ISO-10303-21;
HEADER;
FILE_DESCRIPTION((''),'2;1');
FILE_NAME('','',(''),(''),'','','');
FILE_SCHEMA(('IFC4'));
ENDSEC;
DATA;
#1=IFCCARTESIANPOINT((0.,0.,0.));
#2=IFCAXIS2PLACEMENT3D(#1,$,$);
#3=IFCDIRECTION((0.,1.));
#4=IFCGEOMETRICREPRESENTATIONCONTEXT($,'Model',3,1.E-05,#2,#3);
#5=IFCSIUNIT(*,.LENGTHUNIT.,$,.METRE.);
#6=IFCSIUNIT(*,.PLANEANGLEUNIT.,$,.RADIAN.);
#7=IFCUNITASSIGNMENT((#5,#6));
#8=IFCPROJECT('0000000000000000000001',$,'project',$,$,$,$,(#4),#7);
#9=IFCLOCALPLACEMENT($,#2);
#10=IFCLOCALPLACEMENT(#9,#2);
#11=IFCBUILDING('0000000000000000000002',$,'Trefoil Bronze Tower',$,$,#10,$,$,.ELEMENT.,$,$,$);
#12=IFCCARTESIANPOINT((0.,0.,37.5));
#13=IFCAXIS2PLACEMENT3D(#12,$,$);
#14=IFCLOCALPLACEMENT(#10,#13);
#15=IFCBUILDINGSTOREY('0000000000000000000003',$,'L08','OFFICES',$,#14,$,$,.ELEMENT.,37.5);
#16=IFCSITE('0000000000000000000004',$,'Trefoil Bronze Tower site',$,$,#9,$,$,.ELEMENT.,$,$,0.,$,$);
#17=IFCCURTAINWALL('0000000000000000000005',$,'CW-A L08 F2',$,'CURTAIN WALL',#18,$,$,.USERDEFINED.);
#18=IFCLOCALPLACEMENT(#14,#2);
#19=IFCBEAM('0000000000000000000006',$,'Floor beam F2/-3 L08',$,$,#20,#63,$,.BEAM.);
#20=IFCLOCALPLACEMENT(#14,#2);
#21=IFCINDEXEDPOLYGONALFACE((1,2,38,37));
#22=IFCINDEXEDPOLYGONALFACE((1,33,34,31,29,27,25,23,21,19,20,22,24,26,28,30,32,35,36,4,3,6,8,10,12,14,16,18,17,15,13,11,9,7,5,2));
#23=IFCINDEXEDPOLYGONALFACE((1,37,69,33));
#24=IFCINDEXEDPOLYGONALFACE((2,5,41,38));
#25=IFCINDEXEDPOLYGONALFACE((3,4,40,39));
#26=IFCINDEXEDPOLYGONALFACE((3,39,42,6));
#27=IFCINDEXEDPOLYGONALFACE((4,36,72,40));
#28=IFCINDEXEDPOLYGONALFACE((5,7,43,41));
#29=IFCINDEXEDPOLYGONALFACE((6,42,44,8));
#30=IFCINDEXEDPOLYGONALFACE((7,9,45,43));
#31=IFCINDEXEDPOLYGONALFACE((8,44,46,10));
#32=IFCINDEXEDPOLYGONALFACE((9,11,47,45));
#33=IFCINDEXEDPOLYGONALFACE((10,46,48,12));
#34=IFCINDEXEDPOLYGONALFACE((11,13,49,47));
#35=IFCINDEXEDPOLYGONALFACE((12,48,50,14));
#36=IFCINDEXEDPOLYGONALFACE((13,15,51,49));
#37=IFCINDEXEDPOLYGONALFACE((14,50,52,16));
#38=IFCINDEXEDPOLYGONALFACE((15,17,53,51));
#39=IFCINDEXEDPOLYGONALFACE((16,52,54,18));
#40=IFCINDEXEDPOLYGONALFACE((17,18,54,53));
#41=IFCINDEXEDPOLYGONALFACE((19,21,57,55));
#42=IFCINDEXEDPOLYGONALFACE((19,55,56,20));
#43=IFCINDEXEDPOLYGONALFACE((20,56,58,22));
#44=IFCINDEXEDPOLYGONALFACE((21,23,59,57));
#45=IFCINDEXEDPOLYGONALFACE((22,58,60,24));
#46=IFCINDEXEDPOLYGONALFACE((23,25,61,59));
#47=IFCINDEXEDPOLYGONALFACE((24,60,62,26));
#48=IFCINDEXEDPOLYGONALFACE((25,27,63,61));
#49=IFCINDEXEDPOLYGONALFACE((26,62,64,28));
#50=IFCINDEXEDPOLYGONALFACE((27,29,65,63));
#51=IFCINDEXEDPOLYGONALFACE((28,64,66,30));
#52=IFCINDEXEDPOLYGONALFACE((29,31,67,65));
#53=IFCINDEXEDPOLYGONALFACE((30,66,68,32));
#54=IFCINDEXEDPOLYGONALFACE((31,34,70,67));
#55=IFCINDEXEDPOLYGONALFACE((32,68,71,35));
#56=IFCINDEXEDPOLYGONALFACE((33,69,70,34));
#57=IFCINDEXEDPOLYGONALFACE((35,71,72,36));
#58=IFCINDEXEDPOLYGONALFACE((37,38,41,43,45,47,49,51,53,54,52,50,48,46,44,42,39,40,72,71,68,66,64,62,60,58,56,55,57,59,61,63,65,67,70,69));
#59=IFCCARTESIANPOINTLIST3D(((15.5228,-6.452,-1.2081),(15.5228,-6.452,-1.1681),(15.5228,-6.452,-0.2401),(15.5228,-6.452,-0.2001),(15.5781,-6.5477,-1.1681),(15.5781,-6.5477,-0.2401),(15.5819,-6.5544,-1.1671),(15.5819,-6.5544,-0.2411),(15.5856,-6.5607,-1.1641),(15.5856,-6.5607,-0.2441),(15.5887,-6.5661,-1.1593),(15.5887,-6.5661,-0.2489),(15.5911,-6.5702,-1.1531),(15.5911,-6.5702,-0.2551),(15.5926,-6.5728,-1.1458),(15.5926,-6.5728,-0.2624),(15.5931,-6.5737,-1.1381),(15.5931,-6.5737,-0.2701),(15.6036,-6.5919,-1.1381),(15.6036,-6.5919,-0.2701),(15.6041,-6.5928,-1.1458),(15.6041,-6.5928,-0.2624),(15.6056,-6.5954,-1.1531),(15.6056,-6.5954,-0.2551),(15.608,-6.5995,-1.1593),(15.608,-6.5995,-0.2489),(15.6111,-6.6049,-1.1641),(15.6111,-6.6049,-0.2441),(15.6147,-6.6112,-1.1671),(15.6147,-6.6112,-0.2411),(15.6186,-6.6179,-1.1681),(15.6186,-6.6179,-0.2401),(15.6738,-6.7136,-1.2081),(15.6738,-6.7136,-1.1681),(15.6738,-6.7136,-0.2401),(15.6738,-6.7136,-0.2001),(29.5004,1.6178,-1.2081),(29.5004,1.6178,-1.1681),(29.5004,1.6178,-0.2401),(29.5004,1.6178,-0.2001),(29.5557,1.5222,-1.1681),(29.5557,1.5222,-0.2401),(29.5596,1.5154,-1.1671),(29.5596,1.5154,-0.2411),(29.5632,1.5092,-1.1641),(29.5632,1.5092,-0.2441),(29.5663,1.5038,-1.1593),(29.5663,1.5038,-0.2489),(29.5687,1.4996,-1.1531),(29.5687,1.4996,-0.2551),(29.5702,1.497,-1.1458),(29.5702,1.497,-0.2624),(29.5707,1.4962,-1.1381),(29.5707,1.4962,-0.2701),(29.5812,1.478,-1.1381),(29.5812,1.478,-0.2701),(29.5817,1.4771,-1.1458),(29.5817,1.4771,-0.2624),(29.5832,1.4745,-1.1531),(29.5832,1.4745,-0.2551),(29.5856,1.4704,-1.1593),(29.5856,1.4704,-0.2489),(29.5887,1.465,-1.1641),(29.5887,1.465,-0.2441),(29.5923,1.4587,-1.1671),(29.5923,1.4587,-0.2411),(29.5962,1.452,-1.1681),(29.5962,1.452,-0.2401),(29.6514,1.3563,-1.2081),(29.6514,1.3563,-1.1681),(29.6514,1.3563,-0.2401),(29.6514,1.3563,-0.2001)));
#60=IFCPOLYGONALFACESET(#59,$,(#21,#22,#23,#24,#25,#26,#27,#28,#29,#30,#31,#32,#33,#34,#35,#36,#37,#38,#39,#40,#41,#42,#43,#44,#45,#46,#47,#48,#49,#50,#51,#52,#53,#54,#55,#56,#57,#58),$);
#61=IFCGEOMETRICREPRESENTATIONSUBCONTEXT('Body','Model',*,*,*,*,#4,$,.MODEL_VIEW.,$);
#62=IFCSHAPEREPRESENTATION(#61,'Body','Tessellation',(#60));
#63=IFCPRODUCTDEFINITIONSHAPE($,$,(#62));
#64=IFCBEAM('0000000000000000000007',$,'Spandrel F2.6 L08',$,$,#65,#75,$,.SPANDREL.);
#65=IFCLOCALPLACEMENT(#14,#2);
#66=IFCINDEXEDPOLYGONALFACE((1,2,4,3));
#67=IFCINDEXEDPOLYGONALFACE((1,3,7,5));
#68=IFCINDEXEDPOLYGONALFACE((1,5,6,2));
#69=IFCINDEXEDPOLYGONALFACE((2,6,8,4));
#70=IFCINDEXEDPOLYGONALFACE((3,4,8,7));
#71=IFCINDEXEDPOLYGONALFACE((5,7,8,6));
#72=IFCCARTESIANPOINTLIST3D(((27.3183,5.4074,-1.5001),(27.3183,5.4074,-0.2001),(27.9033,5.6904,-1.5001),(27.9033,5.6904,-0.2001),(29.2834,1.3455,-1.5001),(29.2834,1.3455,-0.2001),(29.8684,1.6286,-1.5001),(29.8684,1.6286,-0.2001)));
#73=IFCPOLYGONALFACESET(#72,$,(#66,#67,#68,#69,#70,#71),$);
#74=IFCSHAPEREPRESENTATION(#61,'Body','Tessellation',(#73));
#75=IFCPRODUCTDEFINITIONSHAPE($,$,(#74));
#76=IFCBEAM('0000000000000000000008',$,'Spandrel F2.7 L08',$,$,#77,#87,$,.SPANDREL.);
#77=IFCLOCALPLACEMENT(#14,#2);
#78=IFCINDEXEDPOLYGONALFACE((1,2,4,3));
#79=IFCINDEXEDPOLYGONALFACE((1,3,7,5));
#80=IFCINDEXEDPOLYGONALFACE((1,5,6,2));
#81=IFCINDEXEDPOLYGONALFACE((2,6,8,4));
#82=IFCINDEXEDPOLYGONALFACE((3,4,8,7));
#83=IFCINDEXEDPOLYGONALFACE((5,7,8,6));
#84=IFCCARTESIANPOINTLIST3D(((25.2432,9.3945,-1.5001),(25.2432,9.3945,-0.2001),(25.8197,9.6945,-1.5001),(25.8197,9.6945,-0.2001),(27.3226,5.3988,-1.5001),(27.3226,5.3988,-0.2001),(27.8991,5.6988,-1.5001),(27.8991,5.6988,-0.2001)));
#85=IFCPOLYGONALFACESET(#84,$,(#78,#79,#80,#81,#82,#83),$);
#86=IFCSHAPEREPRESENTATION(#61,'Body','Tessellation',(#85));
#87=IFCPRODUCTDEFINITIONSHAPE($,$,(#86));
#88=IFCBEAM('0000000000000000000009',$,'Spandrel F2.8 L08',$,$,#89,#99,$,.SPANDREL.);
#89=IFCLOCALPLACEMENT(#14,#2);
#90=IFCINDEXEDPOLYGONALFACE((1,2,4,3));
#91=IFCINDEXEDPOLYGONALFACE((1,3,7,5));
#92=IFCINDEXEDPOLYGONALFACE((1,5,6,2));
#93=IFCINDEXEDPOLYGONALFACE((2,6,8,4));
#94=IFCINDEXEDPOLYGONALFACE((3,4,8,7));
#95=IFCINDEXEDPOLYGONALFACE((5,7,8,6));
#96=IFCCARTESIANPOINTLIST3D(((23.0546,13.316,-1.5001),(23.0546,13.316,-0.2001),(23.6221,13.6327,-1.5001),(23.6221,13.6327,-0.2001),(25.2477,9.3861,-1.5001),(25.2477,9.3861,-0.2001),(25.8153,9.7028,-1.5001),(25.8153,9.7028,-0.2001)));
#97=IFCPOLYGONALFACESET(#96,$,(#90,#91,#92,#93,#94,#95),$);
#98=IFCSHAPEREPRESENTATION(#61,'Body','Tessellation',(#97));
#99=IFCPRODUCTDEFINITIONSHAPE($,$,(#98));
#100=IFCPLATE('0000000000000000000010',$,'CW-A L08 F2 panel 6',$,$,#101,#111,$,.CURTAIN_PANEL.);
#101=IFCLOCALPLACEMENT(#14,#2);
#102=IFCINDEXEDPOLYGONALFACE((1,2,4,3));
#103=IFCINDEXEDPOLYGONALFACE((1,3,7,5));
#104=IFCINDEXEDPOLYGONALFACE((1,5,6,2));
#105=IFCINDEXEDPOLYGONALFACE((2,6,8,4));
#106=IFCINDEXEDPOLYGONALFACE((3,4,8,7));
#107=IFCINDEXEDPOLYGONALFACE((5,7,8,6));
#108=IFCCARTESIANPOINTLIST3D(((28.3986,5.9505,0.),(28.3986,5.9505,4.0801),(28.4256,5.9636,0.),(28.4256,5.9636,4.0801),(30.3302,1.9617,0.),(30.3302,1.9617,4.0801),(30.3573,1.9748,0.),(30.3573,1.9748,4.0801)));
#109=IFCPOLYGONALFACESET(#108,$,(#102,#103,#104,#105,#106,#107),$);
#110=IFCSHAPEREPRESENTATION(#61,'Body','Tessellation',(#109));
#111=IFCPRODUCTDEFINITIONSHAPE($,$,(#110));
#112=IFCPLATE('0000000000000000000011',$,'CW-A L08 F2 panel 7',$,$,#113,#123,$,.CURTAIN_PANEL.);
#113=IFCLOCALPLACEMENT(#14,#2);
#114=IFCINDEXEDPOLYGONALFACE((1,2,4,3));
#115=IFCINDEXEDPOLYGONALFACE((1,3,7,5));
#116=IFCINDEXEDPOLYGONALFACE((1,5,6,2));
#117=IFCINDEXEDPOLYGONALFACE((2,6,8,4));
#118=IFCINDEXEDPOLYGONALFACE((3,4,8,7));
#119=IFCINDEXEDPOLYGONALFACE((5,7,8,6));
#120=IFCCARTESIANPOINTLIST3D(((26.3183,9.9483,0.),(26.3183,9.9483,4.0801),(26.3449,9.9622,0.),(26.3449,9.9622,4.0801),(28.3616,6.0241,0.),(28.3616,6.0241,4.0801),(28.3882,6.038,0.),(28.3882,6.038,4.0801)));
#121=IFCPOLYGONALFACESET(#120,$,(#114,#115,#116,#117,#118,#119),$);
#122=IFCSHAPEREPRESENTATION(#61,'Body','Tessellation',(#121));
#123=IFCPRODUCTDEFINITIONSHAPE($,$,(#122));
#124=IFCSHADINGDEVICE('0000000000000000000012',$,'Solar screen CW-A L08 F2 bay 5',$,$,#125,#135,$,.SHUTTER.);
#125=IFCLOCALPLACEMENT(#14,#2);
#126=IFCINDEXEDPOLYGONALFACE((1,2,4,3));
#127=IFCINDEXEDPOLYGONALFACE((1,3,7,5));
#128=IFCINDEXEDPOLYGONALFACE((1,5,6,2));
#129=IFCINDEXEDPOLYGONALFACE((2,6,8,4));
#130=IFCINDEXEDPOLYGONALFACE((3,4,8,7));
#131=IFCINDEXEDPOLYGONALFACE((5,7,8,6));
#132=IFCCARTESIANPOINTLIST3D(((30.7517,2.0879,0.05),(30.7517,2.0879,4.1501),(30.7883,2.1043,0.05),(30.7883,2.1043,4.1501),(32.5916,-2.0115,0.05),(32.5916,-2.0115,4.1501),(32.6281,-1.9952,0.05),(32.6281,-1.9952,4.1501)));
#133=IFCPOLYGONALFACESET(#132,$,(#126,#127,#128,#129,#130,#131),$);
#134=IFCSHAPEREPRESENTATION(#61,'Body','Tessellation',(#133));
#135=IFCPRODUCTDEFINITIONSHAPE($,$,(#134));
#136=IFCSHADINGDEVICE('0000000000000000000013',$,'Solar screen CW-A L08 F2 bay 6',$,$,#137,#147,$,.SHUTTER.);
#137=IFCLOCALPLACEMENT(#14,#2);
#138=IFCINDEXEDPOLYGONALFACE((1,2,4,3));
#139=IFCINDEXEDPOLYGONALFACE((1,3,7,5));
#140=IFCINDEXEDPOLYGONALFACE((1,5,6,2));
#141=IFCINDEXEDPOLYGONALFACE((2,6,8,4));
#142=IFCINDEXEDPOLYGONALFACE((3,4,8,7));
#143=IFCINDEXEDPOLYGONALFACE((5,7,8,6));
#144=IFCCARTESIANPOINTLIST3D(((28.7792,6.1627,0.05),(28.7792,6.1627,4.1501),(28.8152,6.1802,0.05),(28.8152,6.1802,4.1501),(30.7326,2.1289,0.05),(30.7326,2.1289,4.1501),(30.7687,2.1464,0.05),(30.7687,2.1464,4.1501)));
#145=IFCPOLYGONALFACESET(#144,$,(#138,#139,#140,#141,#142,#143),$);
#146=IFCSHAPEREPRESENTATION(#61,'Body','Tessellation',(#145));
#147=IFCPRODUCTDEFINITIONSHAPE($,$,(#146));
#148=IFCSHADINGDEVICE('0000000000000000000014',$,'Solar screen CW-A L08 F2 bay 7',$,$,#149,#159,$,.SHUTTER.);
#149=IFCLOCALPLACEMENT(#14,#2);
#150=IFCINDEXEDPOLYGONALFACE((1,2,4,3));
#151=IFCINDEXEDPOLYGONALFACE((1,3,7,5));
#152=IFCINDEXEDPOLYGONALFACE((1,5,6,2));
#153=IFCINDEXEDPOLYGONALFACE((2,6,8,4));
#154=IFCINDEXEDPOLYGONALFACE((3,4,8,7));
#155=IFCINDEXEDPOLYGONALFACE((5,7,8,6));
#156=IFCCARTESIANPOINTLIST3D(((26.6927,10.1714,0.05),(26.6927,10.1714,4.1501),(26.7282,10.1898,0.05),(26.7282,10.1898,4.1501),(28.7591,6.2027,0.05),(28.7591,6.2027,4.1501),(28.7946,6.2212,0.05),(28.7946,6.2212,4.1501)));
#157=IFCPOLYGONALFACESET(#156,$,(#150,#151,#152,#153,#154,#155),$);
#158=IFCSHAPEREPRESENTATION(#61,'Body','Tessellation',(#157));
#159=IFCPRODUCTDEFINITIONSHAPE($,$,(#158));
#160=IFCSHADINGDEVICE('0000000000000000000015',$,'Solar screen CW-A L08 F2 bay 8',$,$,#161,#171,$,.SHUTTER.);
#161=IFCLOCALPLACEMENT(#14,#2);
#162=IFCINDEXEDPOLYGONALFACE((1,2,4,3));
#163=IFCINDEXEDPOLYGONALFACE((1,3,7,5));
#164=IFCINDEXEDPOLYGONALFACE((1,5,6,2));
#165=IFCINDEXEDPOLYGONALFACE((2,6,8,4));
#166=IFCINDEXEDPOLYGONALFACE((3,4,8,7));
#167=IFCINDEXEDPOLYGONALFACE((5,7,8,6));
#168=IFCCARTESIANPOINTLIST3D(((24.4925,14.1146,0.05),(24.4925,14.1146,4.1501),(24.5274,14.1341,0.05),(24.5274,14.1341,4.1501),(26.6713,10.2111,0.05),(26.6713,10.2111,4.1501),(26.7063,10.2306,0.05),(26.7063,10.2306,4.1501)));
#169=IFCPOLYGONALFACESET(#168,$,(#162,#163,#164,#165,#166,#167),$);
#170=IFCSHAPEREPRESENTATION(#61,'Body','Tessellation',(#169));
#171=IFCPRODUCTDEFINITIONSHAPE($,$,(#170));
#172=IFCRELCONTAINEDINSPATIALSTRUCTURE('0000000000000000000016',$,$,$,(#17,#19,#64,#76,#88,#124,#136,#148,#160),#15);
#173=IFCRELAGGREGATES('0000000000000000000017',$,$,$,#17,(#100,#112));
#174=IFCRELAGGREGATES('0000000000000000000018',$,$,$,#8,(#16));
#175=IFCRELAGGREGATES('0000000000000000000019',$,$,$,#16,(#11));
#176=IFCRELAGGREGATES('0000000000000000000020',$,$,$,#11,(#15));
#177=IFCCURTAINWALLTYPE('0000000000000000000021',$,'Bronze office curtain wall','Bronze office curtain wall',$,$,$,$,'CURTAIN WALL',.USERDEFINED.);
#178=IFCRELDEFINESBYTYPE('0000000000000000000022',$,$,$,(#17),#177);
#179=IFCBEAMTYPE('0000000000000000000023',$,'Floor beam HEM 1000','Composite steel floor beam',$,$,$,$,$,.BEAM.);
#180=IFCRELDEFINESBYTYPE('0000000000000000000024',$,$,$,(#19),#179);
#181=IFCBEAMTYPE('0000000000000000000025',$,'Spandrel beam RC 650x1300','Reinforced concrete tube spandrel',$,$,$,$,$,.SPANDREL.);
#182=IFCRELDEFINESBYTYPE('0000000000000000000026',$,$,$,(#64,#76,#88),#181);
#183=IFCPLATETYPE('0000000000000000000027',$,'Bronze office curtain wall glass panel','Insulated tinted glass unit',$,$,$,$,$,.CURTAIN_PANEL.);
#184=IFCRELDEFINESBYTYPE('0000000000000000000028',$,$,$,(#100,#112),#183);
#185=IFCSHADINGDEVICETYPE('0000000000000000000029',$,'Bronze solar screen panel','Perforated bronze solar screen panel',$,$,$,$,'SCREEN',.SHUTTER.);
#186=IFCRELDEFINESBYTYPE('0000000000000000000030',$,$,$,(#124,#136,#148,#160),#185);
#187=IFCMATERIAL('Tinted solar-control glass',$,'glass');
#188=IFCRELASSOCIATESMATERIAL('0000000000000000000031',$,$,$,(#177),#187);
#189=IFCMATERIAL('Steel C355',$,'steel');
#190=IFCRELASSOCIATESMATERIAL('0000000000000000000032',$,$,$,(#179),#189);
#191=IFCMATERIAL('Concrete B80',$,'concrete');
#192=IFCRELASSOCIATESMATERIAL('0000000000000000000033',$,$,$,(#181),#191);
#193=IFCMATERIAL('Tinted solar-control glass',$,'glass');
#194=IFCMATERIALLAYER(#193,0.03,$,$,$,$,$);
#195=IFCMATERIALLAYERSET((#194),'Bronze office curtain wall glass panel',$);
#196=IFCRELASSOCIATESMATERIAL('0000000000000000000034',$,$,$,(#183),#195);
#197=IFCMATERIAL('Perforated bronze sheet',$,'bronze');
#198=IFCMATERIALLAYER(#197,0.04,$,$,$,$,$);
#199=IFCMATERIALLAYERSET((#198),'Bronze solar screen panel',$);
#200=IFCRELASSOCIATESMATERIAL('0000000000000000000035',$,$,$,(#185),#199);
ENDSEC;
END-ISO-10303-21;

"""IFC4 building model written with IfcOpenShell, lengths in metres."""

from ifc_helpers import new_model, si_unit, direction, frame, origin, origin_2d, place, context, subcontext, project, spatial, rectangle, i_section, extrude, material, layer, layer_set, material_profile, profile_set, type_object, element, aggregate, save


model = new_model("IFC4")

# Units and contexts
model_context = context("Model", 3, precision=1e-05, world=origin(), true_north=direction((0.0, 1.0)))
body_context = subcontext(model_context, "Body", "Model", "MODEL_VIEW")
ifc_project = project(units=[si_unit("LENGTHUNIT", "METRE"), si_unit("PLANEANGLEUNIT", "RADIAN")], contexts=[model_context])

# Site, building, storey
site_placement = place(None, origin())
site = spatial("IfcSite", under=ifc_project, at=site_placement, Name="Trefoil Bronze Tower site", CompositionType="ELEMENT", RefElevation=0.0)
building_placement = place(site_placement, origin())
building = spatial("IfcBuilding", under=site, at=building_placement, Name="Trefoil Bronze Tower", CompositionType="ELEMENT")
storey_placement = place(building_placement, frame((0.0, 0.0, 37.5)))
storey = spatial("IfcBuildingStorey", under=building, at=storey_placement, Name="L08", Description="OFFICES", CompositionType="ELEMENT", Elevation=37.5)

# Curtain wall
ifc_material_1 = material(Name="Tinted solar-control glass", Category="glass")
curtain_wall_type = type_object("IfcCurtainWallType", Name="Bronze office curtain wall", Description="Bronze office curtain wall", ElementType="CURTAIN WALL", PredefinedType="USERDEFINED", material=ifc_material_1)
curtain_wall_placement = place(storey_placement, origin())
curtain_wall = element("IfcCurtainWall", 1, at=curtain_wall_placement, inside=storey, type_object=curtain_wall_type, Name="CW-A L08 F2", ObjectType="CURTAIN WALL", PredefinedType="USERDEFINED")

# Beams
ifc_material_2 = material(Name="Steel C355", Category="steel")
ifc_material_profile_1 = material_profile(ifc_material_2, i_section(OverallWidth=0.302, OverallDepth=1.0081, WebThickness=0.021, FlangeThickness=0.04, FilletRadius=0.03, at=origin_2d()), Name="HEM 1000")
ifc_profile_set_1 = profile_set([ifc_material_profile_1], Name="Steel C355")
beam_type_1 = type_object("IfcBeamType", Name="Floor beam HEM 1000", Description="Composite steel floor beam", PredefinedType="BEAM", material=ifc_profile_set_1)
beam_1_placement = place(storey_placement, frame((29.5759, 1.4871, -0.7041), z_axis=(-0.866028, -0.499995, 0.0), x_axis=(0.499995, -0.866028, 0.0)))
element("IfcBeam", 2, at=beam_1_placement, inside=storey, type_object=beam_type_1, Name="Floor beam F2/-3 L08", PredefinedType="BEAM", context=body_context, shape_type="SweptSolid", body=[
    extrude(i_section(OverallWidth=0.302, OverallDepth=1.0081, WebThickness=0.021, FlangeThickness=0.04, FilletRadius=0.03, at=origin_2d()), origin(), (0.0, 0.0, 1.0), 16.1399),
])
ifc_material_3 = material(Name="Concrete B80", Category="concrete")
ifc_material_profile_2 = material_profile(ifc_material_3, rectangle(XDim=0.6499, YDim=1.3, at=origin_2d()), Name="RC 650x1300")
ifc_profile_set_2 = profile_set([ifc_material_profile_2], Name="Concrete B80")
beam_type_2 = type_object("IfcBeamType", Name="Spandrel beam RC 650x1300", Description="Reinforced concrete tube spandrel", PredefinedType="SPANDREL", material=ifc_profile_set_2)
beam_2_placement = place(storey_placement, frame((29.5759, 1.4871, -0.8501), z_axis=(-0.43551, 0.900184, 0.0), x_axis=(-0.900184, -0.43551, 0.0)))
element("IfcBeam", 3, at=beam_2_placement, inside=storey, type_object=beam_type_2, Name="Spandrel F2.6 L08", PredefinedType="SPANDREL", context=body_context, shape_type="SweptSolid", body=[
    extrude(rectangle(XDim=0.6499, YDim=1.3, at=origin_2d()), origin(), (0.0, 0.0, 1.0), 4.5122),
])
beam_3_placement = place(storey_placement, frame((27.6108, 5.5488, -0.8501), z_axis=(-0.461638, 0.887069, 0.0), x_axis=(-0.887069, -0.461638, 0.0)))
element("IfcBeam", 4, at=beam_3_placement, inside=storey, type_object=beam_type_2, Name="Spandrel F2.7 L08", PredefinedType="SPANDREL", context=body_context, shape_type="SweptSolid", body=[
    extrude(rectangle(XDim=0.6499, YDim=1.3, at=origin_2d()), origin(), (0.0, 0.0, 1.0), 4.5044),
])
beam_4_placement = place(storey_placement, frame((25.5315, 9.5444, -0.8501), z_axis=(-0.487309, 0.873229, 0.0), x_axis=(-0.873229, -0.487309, 0.0)))
element("IfcBeam", 5, at=beam_4_placement, inside=storey, type_object=beam_type_2, Name="Spandrel F2.8 L08", PredefinedType="SPANDREL", context=body_context, shape_type="SweptSolid", body=[
    extrude(rectangle(XDim=0.6499, YDim=1.3, at=origin_2d()), origin(), (0.0, 0.0, 1.0), 4.5005),
])

# Plates
ifc_material_4 = material(Name="Tinted solar-control glass", Category="glass")
ifc_layer_1 = layer(ifc_material_4, 0.03)
ifc_layer_set_1 = layer_set([ifc_layer_1], Name="Bronze office curtain wall glass panel")
plate_type = type_object("IfcPlateType", Name="Bronze office curtain wall glass panel", Description="Insulated tinted glass unit", PredefinedType="CURTAIN_PANEL", material=ifc_layer_set_1)
plate_1_placement = place(storey_placement, frame((29.3779, 3.9626, 0.0), z_axis=(0.0, 0.0, 1.0), x_axis=(-0.435855, 0.900017, 0.0)))
plate_1 = element("IfcPlate", 6, at=plate_1_placement, type_object=plate_type, Name="CW-A L08 F2 panel 6", PredefinedType="CURTAIN_PANEL", context=body_context, shape_type="SweptSolid", body=[
    extrude(rectangle(XDim=4.4319, YDim=0.03, at=origin_2d()), origin(), (0.0, 0.0, 1.0), 4.0801),
])
plate_2_placement = place(storey_placement, frame((27.3533, 7.9932, 0.0), z_axis=(0.0, 0.0, 1.0), x_axis=(-0.46183, 0.886969, 0.0)))
plate_2 = element("IfcPlate", 7, at=plate_2_placement, type_object=plate_type, Name="CW-A L08 F2 panel 7", PredefinedType="CURTAIN_PANEL", context=body_context, shape_type="SweptSolid", body=[
    extrude(rectangle(XDim=4.4243, YDim=0.03, at=origin_2d()), origin(), (0.0, 0.0, 1.0), 4.0801),
])
aggregate(curtain_wall, [plate_1, plate_2])

# Shading devices
ifc_material_5 = material(Name="Perforated bronze sheet", Category="bronze")
ifc_layer_2 = layer(ifc_material_5, 0.04)
ifc_layer_set_2 = layer_set([ifc_layer_2], Name="Bronze solar screen panel")
shading_device_type = type_object("IfcShadingDeviceType", Name="Bronze solar screen panel", Description="Perforated bronze solar screen panel", ElementType="SCREEN", PredefinedType="SHUTTER", material=ifc_layer_set_2)
shading_device_1_placement = place(storey_placement, frame((31.6899, 0.0464, 0.05), z_axis=(0.0, 0.0, 1.0), x_axis=(-0.409456, 0.91233, 0.0)))
element("IfcShadingDevice", 8, at=shading_device_1_placement, inside=storey, type_object=shading_device_type, Name="Solar screen CW-A L08 F2 bay 5", PredefinedType="SHUTTER", context=body_context, shape_type="SweptSolid", body=[
    extrude(rectangle(XDim=4.4934, YDim=0.04, at=origin_2d()), origin(), (0.0, 0.0, 1.0), 4.1001),
])
shading_device_2_placement = place(storey_placement, frame((29.7739, 4.1545, 0.05), z_axis=(0.0, 0.0, 1.0), x_axis=(-0.435855, 0.900017, 0.0)))
element("IfcShadingDevice", 9, at=shading_device_2_placement, inside=storey, type_object=shading_device_type, Name="Solar screen CW-A L08 F2 bay 6", PredefinedType="SHUTTER", context=body_context, shape_type="SweptSolid", body=[
    extrude(rectangle(XDim=4.4819, YDim=0.04, at=origin_2d()), origin(), (0.0, 0.0, 1.0), 4.1001),
])
shading_device_3_placement = place(storey_placement, frame((27.7437, 8.1963, 0.05), z_axis=(0.0, 0.0, 1.0), x_axis=(-0.46183, 0.886969, 0.0)))
element("IfcShadingDevice", 10, at=shading_device_3_placement, inside=storey, type_object=shading_device_type, Name="Solar screen CW-A L08 F2 bay 7", PredefinedType="SHUTTER", context=body_context, shape_type="SweptSolid", body=[
    extrude(rectangle(XDim=4.4744, YDim=0.04, at=origin_2d()), origin(), (0.0, 0.0, 1.0), 4.1001),
])
shading_device_4_placement = place(storey_placement, frame((25.5994, 12.1726, 0.05), z_axis=(0.0, 0.0, 1.0), x_axis=(-0.487382, 0.873189, 0.0)))
element("IfcShadingDevice", 11, at=shading_device_4_placement, inside=storey, type_object=shading_device_type, Name="Solar screen CW-A L08 F2 bay 8", PredefinedType="SHUTTER", context=body_context, shape_type="SweptSolid", body=[
    extrude(rectangle(XDim=4.4705, YDim=0.04, at=origin_2d()), origin(), (0.0, 0.0, 1.0), 4.1001),
])

save(model, "model.ifc")
